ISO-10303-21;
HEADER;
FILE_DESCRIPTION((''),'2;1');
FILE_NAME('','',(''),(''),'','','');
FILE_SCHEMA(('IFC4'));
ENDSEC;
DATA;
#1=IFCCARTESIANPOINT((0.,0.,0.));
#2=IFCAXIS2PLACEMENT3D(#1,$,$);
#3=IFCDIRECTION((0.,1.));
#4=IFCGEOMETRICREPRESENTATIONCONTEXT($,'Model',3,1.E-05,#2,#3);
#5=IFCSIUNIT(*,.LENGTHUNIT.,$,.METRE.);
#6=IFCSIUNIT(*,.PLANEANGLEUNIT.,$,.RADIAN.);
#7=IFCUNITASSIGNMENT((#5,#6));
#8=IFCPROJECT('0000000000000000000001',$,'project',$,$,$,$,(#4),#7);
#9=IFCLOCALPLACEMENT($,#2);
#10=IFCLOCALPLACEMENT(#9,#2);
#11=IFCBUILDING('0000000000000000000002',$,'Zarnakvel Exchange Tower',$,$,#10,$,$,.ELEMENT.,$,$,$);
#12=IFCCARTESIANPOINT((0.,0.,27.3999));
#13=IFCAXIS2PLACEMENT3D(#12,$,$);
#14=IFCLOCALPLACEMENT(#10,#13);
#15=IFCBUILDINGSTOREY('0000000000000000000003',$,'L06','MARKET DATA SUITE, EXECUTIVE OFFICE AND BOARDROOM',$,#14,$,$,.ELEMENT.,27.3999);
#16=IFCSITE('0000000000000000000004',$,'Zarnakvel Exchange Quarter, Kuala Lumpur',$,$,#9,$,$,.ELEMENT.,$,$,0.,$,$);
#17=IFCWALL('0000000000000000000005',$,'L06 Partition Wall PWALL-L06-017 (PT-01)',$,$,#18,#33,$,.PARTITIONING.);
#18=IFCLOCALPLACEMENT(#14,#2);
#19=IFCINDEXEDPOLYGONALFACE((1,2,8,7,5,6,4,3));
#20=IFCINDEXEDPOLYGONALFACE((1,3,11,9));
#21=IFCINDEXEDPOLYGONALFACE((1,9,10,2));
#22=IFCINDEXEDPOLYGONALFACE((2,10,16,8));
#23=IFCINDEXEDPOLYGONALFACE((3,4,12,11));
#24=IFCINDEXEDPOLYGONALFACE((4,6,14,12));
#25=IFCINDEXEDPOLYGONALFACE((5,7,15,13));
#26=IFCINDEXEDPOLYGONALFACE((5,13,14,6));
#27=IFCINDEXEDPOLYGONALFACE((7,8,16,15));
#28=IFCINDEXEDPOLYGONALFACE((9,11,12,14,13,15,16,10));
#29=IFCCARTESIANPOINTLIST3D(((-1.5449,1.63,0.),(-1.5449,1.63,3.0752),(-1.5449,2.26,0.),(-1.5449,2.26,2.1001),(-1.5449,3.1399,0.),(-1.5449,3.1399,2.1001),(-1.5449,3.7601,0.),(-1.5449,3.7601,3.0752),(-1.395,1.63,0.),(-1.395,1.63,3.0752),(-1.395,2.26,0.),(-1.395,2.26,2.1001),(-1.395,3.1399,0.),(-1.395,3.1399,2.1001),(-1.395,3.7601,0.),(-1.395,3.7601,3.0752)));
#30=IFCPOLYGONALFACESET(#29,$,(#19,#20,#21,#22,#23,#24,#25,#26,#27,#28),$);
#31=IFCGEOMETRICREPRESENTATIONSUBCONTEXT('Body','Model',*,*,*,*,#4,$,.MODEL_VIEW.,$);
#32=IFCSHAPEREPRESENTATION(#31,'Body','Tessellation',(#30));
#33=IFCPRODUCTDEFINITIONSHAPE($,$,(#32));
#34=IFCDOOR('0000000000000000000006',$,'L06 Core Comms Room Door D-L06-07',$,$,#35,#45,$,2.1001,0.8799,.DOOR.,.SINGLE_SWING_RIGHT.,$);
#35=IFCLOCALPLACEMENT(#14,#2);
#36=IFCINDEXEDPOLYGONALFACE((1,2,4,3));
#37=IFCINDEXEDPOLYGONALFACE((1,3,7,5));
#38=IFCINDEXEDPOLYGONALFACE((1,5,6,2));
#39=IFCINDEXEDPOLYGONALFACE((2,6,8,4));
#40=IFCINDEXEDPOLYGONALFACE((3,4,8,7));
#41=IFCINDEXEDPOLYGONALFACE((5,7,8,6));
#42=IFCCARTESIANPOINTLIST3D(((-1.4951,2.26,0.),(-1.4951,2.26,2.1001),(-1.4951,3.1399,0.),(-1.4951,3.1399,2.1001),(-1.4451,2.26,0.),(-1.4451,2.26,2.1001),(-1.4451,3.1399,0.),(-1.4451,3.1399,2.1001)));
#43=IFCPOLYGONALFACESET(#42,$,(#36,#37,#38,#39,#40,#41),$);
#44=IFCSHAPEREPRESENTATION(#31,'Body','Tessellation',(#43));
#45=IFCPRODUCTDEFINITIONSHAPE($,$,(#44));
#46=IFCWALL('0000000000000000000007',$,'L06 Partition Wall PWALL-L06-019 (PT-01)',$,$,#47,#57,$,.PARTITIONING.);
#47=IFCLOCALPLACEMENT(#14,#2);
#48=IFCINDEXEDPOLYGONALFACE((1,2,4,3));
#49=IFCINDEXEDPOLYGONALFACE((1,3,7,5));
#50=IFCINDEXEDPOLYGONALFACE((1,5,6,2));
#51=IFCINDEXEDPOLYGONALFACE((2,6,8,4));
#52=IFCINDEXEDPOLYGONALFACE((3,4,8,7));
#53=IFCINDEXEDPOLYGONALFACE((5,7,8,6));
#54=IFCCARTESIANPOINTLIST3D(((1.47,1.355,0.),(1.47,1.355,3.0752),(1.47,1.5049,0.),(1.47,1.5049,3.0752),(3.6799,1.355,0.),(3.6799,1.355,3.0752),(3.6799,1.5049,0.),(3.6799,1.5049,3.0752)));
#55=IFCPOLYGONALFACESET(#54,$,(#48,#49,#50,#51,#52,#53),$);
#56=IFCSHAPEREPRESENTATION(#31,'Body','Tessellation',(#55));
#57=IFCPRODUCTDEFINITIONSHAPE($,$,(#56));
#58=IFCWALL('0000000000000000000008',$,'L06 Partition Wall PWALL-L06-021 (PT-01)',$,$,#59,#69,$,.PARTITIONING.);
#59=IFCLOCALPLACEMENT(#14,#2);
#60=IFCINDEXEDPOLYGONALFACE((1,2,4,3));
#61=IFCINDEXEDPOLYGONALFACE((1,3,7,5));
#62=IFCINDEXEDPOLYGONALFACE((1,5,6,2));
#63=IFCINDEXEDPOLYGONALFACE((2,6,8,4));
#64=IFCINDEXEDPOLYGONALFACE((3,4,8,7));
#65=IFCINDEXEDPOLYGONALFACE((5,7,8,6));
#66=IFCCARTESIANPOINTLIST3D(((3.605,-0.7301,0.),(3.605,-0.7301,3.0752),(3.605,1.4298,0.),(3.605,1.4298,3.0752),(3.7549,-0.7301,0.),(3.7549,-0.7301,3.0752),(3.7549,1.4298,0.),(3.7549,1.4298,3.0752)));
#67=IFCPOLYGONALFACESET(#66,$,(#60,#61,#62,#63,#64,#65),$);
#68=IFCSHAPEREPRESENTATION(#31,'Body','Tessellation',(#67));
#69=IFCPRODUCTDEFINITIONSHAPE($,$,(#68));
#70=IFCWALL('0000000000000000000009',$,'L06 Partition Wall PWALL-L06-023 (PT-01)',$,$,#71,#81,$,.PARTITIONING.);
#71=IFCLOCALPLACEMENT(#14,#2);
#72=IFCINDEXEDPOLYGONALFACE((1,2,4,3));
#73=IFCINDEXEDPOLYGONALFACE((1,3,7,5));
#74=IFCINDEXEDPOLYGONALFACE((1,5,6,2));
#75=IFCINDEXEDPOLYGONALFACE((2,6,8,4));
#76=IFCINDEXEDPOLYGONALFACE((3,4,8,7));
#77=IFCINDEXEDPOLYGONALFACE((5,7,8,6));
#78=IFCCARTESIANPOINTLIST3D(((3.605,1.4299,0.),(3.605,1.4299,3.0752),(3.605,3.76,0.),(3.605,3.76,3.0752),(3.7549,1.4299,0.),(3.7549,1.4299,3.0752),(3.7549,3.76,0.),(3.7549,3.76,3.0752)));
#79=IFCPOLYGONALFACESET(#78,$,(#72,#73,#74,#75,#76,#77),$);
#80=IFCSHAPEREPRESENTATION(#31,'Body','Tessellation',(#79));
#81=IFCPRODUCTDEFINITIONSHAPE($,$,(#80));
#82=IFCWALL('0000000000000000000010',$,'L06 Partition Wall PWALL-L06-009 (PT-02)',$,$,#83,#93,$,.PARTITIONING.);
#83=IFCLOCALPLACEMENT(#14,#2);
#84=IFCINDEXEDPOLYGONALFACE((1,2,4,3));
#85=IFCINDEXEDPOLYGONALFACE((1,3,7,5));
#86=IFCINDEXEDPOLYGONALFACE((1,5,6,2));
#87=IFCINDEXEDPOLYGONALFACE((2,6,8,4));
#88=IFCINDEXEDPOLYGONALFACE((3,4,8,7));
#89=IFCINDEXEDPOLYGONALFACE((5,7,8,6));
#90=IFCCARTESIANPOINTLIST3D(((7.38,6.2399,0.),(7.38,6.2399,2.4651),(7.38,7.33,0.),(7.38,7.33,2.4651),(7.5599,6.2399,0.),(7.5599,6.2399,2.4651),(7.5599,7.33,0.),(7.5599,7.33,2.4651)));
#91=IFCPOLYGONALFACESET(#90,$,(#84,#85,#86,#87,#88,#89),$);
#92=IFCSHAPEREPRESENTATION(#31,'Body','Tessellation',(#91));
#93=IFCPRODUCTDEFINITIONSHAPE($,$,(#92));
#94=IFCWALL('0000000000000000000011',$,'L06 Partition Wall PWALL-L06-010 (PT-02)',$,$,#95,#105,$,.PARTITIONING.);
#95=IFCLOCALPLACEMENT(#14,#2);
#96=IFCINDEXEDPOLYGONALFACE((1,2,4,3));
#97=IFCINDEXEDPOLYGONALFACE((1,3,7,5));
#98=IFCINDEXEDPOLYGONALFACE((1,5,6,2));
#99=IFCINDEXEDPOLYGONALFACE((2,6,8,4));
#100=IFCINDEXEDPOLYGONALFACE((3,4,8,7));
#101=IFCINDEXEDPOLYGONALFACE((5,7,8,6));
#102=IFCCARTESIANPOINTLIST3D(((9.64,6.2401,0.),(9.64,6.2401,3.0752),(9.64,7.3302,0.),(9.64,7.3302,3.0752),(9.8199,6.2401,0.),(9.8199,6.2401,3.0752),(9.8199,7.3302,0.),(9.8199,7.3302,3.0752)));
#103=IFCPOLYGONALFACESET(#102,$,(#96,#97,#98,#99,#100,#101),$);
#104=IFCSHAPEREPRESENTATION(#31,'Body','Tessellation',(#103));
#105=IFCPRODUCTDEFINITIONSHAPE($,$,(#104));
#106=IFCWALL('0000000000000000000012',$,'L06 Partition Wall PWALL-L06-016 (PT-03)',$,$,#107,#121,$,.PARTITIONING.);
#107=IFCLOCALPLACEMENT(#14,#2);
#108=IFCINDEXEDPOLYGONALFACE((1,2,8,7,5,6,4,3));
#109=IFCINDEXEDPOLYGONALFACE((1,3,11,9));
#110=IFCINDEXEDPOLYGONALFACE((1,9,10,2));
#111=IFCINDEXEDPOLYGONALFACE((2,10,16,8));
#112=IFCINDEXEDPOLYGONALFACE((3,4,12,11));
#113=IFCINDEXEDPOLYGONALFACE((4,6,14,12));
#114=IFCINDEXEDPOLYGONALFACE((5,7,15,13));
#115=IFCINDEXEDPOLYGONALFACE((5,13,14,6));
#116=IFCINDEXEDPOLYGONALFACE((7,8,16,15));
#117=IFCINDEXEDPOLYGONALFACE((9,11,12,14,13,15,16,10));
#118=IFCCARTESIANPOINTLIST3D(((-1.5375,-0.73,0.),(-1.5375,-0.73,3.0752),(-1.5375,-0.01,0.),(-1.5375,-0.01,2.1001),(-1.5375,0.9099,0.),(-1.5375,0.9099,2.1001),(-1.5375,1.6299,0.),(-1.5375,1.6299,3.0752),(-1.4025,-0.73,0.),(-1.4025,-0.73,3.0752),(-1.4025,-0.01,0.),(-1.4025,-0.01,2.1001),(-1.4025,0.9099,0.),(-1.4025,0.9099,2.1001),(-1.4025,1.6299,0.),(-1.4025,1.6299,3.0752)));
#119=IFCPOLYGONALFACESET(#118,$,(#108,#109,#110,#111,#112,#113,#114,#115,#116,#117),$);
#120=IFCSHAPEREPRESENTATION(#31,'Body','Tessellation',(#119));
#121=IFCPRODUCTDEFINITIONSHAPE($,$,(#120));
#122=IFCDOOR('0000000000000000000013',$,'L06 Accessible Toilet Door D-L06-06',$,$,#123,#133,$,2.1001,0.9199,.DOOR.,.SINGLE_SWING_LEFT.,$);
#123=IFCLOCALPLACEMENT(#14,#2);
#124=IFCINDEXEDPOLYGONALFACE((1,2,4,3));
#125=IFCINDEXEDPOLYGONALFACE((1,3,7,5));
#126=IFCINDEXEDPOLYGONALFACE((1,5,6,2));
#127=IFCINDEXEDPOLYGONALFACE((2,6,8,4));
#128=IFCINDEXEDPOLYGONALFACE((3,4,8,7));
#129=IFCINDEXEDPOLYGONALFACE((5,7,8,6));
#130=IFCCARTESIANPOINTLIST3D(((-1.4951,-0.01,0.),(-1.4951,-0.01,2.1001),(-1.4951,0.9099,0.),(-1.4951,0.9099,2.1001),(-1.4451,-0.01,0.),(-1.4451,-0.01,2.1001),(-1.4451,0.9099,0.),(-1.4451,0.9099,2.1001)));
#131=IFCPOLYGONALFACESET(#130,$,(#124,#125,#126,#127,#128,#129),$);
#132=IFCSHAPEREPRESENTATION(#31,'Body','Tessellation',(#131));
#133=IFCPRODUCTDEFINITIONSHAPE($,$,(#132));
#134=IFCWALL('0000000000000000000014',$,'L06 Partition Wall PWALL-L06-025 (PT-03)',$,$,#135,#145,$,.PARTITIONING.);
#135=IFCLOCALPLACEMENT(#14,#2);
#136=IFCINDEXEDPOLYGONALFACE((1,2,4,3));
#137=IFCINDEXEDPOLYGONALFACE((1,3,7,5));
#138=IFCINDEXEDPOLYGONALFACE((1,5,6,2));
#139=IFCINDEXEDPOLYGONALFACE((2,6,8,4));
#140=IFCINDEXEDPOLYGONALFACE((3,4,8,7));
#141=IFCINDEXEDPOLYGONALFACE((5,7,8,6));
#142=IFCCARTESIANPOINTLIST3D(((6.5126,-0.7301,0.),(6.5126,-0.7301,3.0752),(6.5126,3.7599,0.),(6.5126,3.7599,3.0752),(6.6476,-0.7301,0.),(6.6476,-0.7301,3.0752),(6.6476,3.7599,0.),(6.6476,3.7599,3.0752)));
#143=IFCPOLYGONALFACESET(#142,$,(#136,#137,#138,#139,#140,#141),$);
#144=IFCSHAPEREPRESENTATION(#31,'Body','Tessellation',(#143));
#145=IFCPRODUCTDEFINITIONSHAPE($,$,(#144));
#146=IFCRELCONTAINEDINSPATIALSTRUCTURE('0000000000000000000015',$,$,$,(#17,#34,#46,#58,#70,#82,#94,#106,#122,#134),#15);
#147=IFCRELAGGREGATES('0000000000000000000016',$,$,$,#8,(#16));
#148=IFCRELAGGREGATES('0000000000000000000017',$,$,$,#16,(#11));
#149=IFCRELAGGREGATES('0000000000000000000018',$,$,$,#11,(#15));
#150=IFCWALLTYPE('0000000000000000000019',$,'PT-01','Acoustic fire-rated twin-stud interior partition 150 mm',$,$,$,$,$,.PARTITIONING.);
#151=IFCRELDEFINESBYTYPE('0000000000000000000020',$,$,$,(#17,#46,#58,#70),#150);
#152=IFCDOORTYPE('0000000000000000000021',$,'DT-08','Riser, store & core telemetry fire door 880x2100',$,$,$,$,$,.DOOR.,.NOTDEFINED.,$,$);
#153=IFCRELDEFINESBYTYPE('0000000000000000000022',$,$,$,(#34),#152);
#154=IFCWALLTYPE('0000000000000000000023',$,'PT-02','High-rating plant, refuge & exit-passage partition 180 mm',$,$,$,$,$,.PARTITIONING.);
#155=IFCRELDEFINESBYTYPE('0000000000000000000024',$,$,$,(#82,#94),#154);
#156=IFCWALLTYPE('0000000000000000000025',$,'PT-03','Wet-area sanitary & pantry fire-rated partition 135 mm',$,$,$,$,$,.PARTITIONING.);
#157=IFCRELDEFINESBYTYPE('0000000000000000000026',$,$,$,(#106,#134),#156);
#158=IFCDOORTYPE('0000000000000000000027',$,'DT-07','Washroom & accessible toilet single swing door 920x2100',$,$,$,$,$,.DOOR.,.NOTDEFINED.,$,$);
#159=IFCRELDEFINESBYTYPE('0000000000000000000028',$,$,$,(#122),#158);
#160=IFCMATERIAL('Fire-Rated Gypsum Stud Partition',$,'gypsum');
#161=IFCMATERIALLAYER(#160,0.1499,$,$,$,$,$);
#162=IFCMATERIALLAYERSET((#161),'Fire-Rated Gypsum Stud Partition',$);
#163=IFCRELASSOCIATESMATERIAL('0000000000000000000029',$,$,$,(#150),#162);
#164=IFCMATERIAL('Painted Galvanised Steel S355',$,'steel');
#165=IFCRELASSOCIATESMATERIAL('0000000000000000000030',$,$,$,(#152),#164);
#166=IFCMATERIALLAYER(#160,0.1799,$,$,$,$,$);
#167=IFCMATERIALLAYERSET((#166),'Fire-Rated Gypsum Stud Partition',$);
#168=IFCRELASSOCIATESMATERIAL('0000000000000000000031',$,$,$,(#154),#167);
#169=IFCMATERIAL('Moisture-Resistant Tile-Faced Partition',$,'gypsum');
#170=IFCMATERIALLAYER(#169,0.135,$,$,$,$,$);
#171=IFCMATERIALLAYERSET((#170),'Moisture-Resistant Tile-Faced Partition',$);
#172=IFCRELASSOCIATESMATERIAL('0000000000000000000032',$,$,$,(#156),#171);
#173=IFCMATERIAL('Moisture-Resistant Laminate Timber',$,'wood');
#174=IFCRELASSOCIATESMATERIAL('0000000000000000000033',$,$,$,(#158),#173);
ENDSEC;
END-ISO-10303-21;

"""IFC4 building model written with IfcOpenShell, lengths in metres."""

from ifc_helpers import new_model, si_unit, direction, frame, frame_2d, origin, place, context, subcontext, project, spatial, rectangle, extrude, source, transform, mapped, material, layer, layer_set, type_object, element, fill, save


model = new_model("IFC4")

# Units and contexts
model_context = context("Model", 3, precision=1e-05, world=origin(), true_north=direction((0.0, 1.0)))
body_context = subcontext(model_context, "Body", "Model", "MODEL_VIEW")
ifc_project = project(units=[si_unit("LENGTHUNIT", "METRE"), si_unit("PLANEANGLEUNIT", "RADIAN")], contexts=[model_context])

# Site, building, storey
site_placement = place(None, origin())
site = spatial("IfcSite", under=ifc_project, at=site_placement, Name="Zarnakvel Exchange Quarter, Kuala Lumpur", CompositionType="ELEMENT", RefElevation=0.0)
building_placement = place(site_placement, origin())
building = spatial("IfcBuilding", under=site, at=building_placement, Name="Zarnakvel Exchange Tower", CompositionType="ELEMENT")
storey_placement = place(building_placement, frame((0.0, 0.0, 27.3999)))
storey = spatial("IfcBuildingStorey", under=building, at=storey_placement, Name="L06", Description="MARKET DATA SUITE, EXECUTIVE OFFICE AND BOARDROOM", CompositionType="ELEMENT", Elevation=27.3999)

# Wall, opening, door
ifc_material_1 = material(Name="Fire-Rated Gypsum Stud Partition", Category="gypsum")
ifc_layer_1 = layer(ifc_material_1, 0.1499)
ifc_layer_set_1 = layer_set([ifc_layer_1], Name="Fire-Rated Gypsum Stud Partition")
wall_type_1 = type_object("IfcWallType", Name="PT-01", Description="Acoustic fire-rated twin-stud interior partition 150 mm", PredefinedType="PARTITIONING", material=ifc_layer_set_1)
wall_1_placement = place(storey_placement, frame((-1.47, 3.76, 0.0), z_axis=(0.0, 0.0, 1.0), x_axis=(0.0, -1.0, 0.0)))
wall_1 = element("IfcWall", 1, at=wall_1_placement, inside=storey, type_object=wall_type_1, Name="L06 Partition Wall PWALL-L06-017 (PT-01)", PredefinedType="PARTITIONING", context=body_context, shape_type="SweptSolid", body=[
    extrude(rectangle(XDim=2.1301, YDim=0.1499, at=frame_2d((1.0649, 0.0))), origin(), (0.0, 0.0, 1.0), 3.0752),
])
opening_1_placement = place(wall_1_placement, frame((0.6201, 0.0, 0.0)))
opening_1 = element("IfcOpeningElement", 2, at=opening_1_placement, cuts=wall_1, PredefinedType="OPENING", context=body_context, shape_type="SweptSolid", body=[
    extrude(rectangle(XDim=0.8799, YDim=2.1001, at=frame_2d((0.4399, 1.05))), frame((0.0, 0.085, 0.0), z_axis=(0.0, -1.0, 0.0), x_axis=(1.0, 0.0, 0.0)), (0.0, 0.0, 1.0), 0.1699),
])
ifc_material_2 = material(Name="Painted Galvanised Steel S355", Category="steel")
door_type_1 = type_object("IfcDoorType", Name="DT-08", Description="Riser, store & core telemetry fire door 880x2100", OperationType="NOTDEFINED", PredefinedType="DOOR", material=ifc_material_2)
shared_shape_1 = source(origin(), body_context, "Body", "SweptSolid", [
    extrude(rectangle(XDim=0.8799, YDim=2.1001, at=frame_2d((0.4399, 1.05))), frame((0.0, 0.0249, 0.0), z_axis=(0.0, -1.0, 0.0), x_axis=(1.0, 0.0, 0.0)), (0.0, 0.0, 1.0), 0.05),
])
door_1_placement = place(opening_1_placement, origin())
door_1 = element("IfcDoor", 3, at=door_1_placement, inside=storey, type_object=door_type_1, Name="L06 Core Comms Room Door D-L06-07", OperationType="SINGLE_SWING_RIGHT", OverallHeight=2.1001, OverallWidth=0.8799, PredefinedType="DOOR", context=body_context, shape_type="MappedRepresentation", body=[
    mapped(shared_shape_1, transform((0.0, 0.0, 0.0), x_axis=(1.0, 0.0, 0.0), y_axis=(0.0, 1.0, 0.0), z_axis=(0.0, 0.0, 1.0), scale=1.0)),
])
fill(opening_1, door_1)

# Walls
wall_2_placement = place(storey_placement, frame((1.47, 1.4299, 0.0), z_axis=(0.0, 0.0, 1.0), x_axis=(1.0, 0.0, 0.0)))
element("IfcWall", 4, at=wall_2_placement, inside=storey, type_object=wall_type_1, Name="L06 Partition Wall PWALL-L06-019 (PT-01)", PredefinedType="PARTITIONING", context=body_context, shape_type="SweptSolid", body=[
    extrude(rectangle(XDim=2.21, YDim=0.1499, at=frame_2d((1.105, 0.0))), origin(), (0.0, 0.0, 1.0), 3.0752),
])
wall_3_placement = place(storey_placement, frame((3.6799, 1.4299, 0.0), z_axis=(0.0, 0.0, 1.0), x_axis=(0.0, -1.0, 0.0)))
element("IfcWall", 5, at=wall_3_placement, inside=storey, type_object=wall_type_1, Name="L06 Partition Wall PWALL-L06-021 (PT-01)", PredefinedType="PARTITIONING", context=body_context, shape_type="SweptSolid", body=[
    extrude(rectangle(XDim=2.1599, YDim=0.1499, at=frame_2d((1.0801, 0.0))), origin(), (0.0, 0.0, 1.0), 3.0752),
])

# Walls
wall_4_placement = place(storey_placement, frame((3.6799, 3.76, 0.0), z_axis=(0.0, 0.0, 1.0), x_axis=(0.0, -1.0, 0.0)))
element("IfcWall", 6, at=wall_4_placement, inside=storey, type_object=wall_type_1, Name="L06 Partition Wall PWALL-L06-023 (PT-01)", PredefinedType="PARTITIONING", context=body_context, shape_type="SweptSolid", body=[
    extrude(rectangle(XDim=2.3301, YDim=0.1499, at=frame_2d((1.165, 0.0))), origin(), (0.0, 0.0, 1.0), 3.0752),
])
ifc_layer_2 = layer(ifc_material_1, 0.1799)
ifc_layer_set_2 = layer_set([ifc_layer_2], Name="Fire-Rated Gypsum Stud Partition")
wall_type_2 = type_object("IfcWallType", Name="PT-02", Description="High-rating plant, refuge & exit-passage partition 180 mm", PredefinedType="PARTITIONING", material=ifc_layer_set_2)
wall_5_placement = place(storey_placement, frame((7.47, 6.24, 0.0), z_axis=(0.0, 0.0, 1.0), x_axis=(0.0, 1.0, 0.0)))
element("IfcWall", 7, at=wall_5_placement, inside=storey, type_object=wall_type_2, Name="L06 Partition Wall PWALL-L06-009 (PT-02)", PredefinedType="PARTITIONING", context=body_context, shape_type="SweptSolid", body=[
    extrude(rectangle(XDim=1.0901, YDim=0.1799, at=frame_2d((0.5449, 0.0))), origin(), (0.0, 0.0, 1.0), 2.4651),
])
wall_6_placement = place(storey_placement, frame((9.73, 7.3301, 0.0), z_axis=(0.0, 0.0, 1.0), x_axis=(0.0, -1.0, 0.0)))
element("IfcWall", 8, at=wall_6_placement, inside=storey, type_object=wall_type_2, Name="L06 Partition Wall PWALL-L06-010 (PT-02)", PredefinedType="PARTITIONING", context=body_context, shape_type="SweptSolid", body=[
    extrude(rectangle(XDim=1.0901, YDim=0.1799, at=frame_2d((0.5449, 0.0))), origin(), (0.0, 0.0, 1.0), 3.0752),
])

# Wall, opening, door
ifc_material_3 = material(Name="Moisture-Resistant Tile-Faced Partition", Category="gypsum")
ifc_layer_3 = layer(ifc_material_3, 0.135)
ifc_layer_set_3 = layer_set([ifc_layer_3], Name="Moisture-Resistant Tile-Faced Partition")
wall_type_3 = type_object("IfcWallType", Name="PT-03", Description="Wet-area sanitary & pantry fire-rated partition 135 mm", PredefinedType="PARTITIONING", material=ifc_layer_set_3)
wall_7_placement = place(storey_placement, frame((-1.47, 1.6299, 0.0), z_axis=(0.0, 0.0, 1.0), x_axis=(0.0, -1.0, 0.0)))
wall_7 = element("IfcWall", 9, at=wall_7_placement, inside=storey, type_object=wall_type_3, Name="L06 Partition Wall PWALL-L06-016 (PT-03)", PredefinedType="PARTITIONING", context=body_context, shape_type="SweptSolid", body=[
    extrude(rectangle(XDim=2.3599, YDim=0.135, at=frame_2d((1.1799, 0.0))), origin(), (0.0, 0.0, 1.0), 3.0752),
])
opening_2_placement = place(wall_7_placement, frame((0.72, 0.0, 0.0)))
opening_2 = element("IfcOpeningElement", 10, at=opening_2_placement, cuts=wall_7, PredefinedType="OPENING", context=body_context, shape_type="SweptSolid", body=[
    extrude(rectangle(XDim=0.9199, YDim=2.1001, at=frame_2d((0.46, 1.05))), frame((0.0, 0.0774, 0.0), z_axis=(0.0, -1.0, 0.0), x_axis=(1.0, 0.0, 0.0)), (0.0, 0.0, 1.0), 0.155),
])
ifc_material_4 = material(Name="Moisture-Resistant Laminate Timber", Category="wood")
door_type_2 = type_object("IfcDoorType", Name="DT-07", Description="Washroom & accessible toilet single swing door 920x2100", OperationType="NOTDEFINED", PredefinedType="DOOR", material=ifc_material_4)
shared_shape_2 = source(origin(), body_context, "Body", "SweptSolid", [
    extrude(rectangle(XDim=0.9199, YDim=2.1001, at=frame_2d((0.46, 1.05))), frame((0.0, 0.0249, 0.0), z_axis=(0.0, -1.0, 0.0), x_axis=(1.0, 0.0, 0.0)), (0.0, 0.0, 1.0), 0.05),
])
door_2_placement = place(opening_2_placement, origin())
door_2 = element("IfcDoor", 11, at=door_2_placement, inside=storey, type_object=door_type_2, Name="L06 Accessible Toilet Door D-L06-06", OperationType="SINGLE_SWING_LEFT", OverallHeight=2.1001, OverallWidth=0.9199, PredefinedType="DOOR", context=body_context, shape_type="MappedRepresentation", body=[
    mapped(shared_shape_2, transform((0.0, 0.0, 0.0), x_axis=(1.0, 0.0, 0.0), y_axis=(0.0, 1.0, 0.0), z_axis=(0.0, 0.0, 1.0), scale=1.0)),
])
fill(opening_2, door_2)

# Wall
wall_8_placement = place(storey_placement, frame((6.5801, 3.76, 0.0), z_axis=(0.0, 0.0, 1.0), x_axis=(0.0, -1.0, 0.0)))
element("IfcWall", 12, at=wall_8_placement, inside=storey, type_object=wall_type_3, Name="L06 Partition Wall PWALL-L06-025 (PT-03)", PredefinedType="PARTITIONING", context=body_context, shape_type="SweptSolid", body=[
    extrude(rectangle(XDim=4.49, YDim=0.135, at=frame_2d((2.2451, 0.0))), origin(), (0.0, 0.0, 1.0), 3.0752),
])

save(model, "model.ifc")
